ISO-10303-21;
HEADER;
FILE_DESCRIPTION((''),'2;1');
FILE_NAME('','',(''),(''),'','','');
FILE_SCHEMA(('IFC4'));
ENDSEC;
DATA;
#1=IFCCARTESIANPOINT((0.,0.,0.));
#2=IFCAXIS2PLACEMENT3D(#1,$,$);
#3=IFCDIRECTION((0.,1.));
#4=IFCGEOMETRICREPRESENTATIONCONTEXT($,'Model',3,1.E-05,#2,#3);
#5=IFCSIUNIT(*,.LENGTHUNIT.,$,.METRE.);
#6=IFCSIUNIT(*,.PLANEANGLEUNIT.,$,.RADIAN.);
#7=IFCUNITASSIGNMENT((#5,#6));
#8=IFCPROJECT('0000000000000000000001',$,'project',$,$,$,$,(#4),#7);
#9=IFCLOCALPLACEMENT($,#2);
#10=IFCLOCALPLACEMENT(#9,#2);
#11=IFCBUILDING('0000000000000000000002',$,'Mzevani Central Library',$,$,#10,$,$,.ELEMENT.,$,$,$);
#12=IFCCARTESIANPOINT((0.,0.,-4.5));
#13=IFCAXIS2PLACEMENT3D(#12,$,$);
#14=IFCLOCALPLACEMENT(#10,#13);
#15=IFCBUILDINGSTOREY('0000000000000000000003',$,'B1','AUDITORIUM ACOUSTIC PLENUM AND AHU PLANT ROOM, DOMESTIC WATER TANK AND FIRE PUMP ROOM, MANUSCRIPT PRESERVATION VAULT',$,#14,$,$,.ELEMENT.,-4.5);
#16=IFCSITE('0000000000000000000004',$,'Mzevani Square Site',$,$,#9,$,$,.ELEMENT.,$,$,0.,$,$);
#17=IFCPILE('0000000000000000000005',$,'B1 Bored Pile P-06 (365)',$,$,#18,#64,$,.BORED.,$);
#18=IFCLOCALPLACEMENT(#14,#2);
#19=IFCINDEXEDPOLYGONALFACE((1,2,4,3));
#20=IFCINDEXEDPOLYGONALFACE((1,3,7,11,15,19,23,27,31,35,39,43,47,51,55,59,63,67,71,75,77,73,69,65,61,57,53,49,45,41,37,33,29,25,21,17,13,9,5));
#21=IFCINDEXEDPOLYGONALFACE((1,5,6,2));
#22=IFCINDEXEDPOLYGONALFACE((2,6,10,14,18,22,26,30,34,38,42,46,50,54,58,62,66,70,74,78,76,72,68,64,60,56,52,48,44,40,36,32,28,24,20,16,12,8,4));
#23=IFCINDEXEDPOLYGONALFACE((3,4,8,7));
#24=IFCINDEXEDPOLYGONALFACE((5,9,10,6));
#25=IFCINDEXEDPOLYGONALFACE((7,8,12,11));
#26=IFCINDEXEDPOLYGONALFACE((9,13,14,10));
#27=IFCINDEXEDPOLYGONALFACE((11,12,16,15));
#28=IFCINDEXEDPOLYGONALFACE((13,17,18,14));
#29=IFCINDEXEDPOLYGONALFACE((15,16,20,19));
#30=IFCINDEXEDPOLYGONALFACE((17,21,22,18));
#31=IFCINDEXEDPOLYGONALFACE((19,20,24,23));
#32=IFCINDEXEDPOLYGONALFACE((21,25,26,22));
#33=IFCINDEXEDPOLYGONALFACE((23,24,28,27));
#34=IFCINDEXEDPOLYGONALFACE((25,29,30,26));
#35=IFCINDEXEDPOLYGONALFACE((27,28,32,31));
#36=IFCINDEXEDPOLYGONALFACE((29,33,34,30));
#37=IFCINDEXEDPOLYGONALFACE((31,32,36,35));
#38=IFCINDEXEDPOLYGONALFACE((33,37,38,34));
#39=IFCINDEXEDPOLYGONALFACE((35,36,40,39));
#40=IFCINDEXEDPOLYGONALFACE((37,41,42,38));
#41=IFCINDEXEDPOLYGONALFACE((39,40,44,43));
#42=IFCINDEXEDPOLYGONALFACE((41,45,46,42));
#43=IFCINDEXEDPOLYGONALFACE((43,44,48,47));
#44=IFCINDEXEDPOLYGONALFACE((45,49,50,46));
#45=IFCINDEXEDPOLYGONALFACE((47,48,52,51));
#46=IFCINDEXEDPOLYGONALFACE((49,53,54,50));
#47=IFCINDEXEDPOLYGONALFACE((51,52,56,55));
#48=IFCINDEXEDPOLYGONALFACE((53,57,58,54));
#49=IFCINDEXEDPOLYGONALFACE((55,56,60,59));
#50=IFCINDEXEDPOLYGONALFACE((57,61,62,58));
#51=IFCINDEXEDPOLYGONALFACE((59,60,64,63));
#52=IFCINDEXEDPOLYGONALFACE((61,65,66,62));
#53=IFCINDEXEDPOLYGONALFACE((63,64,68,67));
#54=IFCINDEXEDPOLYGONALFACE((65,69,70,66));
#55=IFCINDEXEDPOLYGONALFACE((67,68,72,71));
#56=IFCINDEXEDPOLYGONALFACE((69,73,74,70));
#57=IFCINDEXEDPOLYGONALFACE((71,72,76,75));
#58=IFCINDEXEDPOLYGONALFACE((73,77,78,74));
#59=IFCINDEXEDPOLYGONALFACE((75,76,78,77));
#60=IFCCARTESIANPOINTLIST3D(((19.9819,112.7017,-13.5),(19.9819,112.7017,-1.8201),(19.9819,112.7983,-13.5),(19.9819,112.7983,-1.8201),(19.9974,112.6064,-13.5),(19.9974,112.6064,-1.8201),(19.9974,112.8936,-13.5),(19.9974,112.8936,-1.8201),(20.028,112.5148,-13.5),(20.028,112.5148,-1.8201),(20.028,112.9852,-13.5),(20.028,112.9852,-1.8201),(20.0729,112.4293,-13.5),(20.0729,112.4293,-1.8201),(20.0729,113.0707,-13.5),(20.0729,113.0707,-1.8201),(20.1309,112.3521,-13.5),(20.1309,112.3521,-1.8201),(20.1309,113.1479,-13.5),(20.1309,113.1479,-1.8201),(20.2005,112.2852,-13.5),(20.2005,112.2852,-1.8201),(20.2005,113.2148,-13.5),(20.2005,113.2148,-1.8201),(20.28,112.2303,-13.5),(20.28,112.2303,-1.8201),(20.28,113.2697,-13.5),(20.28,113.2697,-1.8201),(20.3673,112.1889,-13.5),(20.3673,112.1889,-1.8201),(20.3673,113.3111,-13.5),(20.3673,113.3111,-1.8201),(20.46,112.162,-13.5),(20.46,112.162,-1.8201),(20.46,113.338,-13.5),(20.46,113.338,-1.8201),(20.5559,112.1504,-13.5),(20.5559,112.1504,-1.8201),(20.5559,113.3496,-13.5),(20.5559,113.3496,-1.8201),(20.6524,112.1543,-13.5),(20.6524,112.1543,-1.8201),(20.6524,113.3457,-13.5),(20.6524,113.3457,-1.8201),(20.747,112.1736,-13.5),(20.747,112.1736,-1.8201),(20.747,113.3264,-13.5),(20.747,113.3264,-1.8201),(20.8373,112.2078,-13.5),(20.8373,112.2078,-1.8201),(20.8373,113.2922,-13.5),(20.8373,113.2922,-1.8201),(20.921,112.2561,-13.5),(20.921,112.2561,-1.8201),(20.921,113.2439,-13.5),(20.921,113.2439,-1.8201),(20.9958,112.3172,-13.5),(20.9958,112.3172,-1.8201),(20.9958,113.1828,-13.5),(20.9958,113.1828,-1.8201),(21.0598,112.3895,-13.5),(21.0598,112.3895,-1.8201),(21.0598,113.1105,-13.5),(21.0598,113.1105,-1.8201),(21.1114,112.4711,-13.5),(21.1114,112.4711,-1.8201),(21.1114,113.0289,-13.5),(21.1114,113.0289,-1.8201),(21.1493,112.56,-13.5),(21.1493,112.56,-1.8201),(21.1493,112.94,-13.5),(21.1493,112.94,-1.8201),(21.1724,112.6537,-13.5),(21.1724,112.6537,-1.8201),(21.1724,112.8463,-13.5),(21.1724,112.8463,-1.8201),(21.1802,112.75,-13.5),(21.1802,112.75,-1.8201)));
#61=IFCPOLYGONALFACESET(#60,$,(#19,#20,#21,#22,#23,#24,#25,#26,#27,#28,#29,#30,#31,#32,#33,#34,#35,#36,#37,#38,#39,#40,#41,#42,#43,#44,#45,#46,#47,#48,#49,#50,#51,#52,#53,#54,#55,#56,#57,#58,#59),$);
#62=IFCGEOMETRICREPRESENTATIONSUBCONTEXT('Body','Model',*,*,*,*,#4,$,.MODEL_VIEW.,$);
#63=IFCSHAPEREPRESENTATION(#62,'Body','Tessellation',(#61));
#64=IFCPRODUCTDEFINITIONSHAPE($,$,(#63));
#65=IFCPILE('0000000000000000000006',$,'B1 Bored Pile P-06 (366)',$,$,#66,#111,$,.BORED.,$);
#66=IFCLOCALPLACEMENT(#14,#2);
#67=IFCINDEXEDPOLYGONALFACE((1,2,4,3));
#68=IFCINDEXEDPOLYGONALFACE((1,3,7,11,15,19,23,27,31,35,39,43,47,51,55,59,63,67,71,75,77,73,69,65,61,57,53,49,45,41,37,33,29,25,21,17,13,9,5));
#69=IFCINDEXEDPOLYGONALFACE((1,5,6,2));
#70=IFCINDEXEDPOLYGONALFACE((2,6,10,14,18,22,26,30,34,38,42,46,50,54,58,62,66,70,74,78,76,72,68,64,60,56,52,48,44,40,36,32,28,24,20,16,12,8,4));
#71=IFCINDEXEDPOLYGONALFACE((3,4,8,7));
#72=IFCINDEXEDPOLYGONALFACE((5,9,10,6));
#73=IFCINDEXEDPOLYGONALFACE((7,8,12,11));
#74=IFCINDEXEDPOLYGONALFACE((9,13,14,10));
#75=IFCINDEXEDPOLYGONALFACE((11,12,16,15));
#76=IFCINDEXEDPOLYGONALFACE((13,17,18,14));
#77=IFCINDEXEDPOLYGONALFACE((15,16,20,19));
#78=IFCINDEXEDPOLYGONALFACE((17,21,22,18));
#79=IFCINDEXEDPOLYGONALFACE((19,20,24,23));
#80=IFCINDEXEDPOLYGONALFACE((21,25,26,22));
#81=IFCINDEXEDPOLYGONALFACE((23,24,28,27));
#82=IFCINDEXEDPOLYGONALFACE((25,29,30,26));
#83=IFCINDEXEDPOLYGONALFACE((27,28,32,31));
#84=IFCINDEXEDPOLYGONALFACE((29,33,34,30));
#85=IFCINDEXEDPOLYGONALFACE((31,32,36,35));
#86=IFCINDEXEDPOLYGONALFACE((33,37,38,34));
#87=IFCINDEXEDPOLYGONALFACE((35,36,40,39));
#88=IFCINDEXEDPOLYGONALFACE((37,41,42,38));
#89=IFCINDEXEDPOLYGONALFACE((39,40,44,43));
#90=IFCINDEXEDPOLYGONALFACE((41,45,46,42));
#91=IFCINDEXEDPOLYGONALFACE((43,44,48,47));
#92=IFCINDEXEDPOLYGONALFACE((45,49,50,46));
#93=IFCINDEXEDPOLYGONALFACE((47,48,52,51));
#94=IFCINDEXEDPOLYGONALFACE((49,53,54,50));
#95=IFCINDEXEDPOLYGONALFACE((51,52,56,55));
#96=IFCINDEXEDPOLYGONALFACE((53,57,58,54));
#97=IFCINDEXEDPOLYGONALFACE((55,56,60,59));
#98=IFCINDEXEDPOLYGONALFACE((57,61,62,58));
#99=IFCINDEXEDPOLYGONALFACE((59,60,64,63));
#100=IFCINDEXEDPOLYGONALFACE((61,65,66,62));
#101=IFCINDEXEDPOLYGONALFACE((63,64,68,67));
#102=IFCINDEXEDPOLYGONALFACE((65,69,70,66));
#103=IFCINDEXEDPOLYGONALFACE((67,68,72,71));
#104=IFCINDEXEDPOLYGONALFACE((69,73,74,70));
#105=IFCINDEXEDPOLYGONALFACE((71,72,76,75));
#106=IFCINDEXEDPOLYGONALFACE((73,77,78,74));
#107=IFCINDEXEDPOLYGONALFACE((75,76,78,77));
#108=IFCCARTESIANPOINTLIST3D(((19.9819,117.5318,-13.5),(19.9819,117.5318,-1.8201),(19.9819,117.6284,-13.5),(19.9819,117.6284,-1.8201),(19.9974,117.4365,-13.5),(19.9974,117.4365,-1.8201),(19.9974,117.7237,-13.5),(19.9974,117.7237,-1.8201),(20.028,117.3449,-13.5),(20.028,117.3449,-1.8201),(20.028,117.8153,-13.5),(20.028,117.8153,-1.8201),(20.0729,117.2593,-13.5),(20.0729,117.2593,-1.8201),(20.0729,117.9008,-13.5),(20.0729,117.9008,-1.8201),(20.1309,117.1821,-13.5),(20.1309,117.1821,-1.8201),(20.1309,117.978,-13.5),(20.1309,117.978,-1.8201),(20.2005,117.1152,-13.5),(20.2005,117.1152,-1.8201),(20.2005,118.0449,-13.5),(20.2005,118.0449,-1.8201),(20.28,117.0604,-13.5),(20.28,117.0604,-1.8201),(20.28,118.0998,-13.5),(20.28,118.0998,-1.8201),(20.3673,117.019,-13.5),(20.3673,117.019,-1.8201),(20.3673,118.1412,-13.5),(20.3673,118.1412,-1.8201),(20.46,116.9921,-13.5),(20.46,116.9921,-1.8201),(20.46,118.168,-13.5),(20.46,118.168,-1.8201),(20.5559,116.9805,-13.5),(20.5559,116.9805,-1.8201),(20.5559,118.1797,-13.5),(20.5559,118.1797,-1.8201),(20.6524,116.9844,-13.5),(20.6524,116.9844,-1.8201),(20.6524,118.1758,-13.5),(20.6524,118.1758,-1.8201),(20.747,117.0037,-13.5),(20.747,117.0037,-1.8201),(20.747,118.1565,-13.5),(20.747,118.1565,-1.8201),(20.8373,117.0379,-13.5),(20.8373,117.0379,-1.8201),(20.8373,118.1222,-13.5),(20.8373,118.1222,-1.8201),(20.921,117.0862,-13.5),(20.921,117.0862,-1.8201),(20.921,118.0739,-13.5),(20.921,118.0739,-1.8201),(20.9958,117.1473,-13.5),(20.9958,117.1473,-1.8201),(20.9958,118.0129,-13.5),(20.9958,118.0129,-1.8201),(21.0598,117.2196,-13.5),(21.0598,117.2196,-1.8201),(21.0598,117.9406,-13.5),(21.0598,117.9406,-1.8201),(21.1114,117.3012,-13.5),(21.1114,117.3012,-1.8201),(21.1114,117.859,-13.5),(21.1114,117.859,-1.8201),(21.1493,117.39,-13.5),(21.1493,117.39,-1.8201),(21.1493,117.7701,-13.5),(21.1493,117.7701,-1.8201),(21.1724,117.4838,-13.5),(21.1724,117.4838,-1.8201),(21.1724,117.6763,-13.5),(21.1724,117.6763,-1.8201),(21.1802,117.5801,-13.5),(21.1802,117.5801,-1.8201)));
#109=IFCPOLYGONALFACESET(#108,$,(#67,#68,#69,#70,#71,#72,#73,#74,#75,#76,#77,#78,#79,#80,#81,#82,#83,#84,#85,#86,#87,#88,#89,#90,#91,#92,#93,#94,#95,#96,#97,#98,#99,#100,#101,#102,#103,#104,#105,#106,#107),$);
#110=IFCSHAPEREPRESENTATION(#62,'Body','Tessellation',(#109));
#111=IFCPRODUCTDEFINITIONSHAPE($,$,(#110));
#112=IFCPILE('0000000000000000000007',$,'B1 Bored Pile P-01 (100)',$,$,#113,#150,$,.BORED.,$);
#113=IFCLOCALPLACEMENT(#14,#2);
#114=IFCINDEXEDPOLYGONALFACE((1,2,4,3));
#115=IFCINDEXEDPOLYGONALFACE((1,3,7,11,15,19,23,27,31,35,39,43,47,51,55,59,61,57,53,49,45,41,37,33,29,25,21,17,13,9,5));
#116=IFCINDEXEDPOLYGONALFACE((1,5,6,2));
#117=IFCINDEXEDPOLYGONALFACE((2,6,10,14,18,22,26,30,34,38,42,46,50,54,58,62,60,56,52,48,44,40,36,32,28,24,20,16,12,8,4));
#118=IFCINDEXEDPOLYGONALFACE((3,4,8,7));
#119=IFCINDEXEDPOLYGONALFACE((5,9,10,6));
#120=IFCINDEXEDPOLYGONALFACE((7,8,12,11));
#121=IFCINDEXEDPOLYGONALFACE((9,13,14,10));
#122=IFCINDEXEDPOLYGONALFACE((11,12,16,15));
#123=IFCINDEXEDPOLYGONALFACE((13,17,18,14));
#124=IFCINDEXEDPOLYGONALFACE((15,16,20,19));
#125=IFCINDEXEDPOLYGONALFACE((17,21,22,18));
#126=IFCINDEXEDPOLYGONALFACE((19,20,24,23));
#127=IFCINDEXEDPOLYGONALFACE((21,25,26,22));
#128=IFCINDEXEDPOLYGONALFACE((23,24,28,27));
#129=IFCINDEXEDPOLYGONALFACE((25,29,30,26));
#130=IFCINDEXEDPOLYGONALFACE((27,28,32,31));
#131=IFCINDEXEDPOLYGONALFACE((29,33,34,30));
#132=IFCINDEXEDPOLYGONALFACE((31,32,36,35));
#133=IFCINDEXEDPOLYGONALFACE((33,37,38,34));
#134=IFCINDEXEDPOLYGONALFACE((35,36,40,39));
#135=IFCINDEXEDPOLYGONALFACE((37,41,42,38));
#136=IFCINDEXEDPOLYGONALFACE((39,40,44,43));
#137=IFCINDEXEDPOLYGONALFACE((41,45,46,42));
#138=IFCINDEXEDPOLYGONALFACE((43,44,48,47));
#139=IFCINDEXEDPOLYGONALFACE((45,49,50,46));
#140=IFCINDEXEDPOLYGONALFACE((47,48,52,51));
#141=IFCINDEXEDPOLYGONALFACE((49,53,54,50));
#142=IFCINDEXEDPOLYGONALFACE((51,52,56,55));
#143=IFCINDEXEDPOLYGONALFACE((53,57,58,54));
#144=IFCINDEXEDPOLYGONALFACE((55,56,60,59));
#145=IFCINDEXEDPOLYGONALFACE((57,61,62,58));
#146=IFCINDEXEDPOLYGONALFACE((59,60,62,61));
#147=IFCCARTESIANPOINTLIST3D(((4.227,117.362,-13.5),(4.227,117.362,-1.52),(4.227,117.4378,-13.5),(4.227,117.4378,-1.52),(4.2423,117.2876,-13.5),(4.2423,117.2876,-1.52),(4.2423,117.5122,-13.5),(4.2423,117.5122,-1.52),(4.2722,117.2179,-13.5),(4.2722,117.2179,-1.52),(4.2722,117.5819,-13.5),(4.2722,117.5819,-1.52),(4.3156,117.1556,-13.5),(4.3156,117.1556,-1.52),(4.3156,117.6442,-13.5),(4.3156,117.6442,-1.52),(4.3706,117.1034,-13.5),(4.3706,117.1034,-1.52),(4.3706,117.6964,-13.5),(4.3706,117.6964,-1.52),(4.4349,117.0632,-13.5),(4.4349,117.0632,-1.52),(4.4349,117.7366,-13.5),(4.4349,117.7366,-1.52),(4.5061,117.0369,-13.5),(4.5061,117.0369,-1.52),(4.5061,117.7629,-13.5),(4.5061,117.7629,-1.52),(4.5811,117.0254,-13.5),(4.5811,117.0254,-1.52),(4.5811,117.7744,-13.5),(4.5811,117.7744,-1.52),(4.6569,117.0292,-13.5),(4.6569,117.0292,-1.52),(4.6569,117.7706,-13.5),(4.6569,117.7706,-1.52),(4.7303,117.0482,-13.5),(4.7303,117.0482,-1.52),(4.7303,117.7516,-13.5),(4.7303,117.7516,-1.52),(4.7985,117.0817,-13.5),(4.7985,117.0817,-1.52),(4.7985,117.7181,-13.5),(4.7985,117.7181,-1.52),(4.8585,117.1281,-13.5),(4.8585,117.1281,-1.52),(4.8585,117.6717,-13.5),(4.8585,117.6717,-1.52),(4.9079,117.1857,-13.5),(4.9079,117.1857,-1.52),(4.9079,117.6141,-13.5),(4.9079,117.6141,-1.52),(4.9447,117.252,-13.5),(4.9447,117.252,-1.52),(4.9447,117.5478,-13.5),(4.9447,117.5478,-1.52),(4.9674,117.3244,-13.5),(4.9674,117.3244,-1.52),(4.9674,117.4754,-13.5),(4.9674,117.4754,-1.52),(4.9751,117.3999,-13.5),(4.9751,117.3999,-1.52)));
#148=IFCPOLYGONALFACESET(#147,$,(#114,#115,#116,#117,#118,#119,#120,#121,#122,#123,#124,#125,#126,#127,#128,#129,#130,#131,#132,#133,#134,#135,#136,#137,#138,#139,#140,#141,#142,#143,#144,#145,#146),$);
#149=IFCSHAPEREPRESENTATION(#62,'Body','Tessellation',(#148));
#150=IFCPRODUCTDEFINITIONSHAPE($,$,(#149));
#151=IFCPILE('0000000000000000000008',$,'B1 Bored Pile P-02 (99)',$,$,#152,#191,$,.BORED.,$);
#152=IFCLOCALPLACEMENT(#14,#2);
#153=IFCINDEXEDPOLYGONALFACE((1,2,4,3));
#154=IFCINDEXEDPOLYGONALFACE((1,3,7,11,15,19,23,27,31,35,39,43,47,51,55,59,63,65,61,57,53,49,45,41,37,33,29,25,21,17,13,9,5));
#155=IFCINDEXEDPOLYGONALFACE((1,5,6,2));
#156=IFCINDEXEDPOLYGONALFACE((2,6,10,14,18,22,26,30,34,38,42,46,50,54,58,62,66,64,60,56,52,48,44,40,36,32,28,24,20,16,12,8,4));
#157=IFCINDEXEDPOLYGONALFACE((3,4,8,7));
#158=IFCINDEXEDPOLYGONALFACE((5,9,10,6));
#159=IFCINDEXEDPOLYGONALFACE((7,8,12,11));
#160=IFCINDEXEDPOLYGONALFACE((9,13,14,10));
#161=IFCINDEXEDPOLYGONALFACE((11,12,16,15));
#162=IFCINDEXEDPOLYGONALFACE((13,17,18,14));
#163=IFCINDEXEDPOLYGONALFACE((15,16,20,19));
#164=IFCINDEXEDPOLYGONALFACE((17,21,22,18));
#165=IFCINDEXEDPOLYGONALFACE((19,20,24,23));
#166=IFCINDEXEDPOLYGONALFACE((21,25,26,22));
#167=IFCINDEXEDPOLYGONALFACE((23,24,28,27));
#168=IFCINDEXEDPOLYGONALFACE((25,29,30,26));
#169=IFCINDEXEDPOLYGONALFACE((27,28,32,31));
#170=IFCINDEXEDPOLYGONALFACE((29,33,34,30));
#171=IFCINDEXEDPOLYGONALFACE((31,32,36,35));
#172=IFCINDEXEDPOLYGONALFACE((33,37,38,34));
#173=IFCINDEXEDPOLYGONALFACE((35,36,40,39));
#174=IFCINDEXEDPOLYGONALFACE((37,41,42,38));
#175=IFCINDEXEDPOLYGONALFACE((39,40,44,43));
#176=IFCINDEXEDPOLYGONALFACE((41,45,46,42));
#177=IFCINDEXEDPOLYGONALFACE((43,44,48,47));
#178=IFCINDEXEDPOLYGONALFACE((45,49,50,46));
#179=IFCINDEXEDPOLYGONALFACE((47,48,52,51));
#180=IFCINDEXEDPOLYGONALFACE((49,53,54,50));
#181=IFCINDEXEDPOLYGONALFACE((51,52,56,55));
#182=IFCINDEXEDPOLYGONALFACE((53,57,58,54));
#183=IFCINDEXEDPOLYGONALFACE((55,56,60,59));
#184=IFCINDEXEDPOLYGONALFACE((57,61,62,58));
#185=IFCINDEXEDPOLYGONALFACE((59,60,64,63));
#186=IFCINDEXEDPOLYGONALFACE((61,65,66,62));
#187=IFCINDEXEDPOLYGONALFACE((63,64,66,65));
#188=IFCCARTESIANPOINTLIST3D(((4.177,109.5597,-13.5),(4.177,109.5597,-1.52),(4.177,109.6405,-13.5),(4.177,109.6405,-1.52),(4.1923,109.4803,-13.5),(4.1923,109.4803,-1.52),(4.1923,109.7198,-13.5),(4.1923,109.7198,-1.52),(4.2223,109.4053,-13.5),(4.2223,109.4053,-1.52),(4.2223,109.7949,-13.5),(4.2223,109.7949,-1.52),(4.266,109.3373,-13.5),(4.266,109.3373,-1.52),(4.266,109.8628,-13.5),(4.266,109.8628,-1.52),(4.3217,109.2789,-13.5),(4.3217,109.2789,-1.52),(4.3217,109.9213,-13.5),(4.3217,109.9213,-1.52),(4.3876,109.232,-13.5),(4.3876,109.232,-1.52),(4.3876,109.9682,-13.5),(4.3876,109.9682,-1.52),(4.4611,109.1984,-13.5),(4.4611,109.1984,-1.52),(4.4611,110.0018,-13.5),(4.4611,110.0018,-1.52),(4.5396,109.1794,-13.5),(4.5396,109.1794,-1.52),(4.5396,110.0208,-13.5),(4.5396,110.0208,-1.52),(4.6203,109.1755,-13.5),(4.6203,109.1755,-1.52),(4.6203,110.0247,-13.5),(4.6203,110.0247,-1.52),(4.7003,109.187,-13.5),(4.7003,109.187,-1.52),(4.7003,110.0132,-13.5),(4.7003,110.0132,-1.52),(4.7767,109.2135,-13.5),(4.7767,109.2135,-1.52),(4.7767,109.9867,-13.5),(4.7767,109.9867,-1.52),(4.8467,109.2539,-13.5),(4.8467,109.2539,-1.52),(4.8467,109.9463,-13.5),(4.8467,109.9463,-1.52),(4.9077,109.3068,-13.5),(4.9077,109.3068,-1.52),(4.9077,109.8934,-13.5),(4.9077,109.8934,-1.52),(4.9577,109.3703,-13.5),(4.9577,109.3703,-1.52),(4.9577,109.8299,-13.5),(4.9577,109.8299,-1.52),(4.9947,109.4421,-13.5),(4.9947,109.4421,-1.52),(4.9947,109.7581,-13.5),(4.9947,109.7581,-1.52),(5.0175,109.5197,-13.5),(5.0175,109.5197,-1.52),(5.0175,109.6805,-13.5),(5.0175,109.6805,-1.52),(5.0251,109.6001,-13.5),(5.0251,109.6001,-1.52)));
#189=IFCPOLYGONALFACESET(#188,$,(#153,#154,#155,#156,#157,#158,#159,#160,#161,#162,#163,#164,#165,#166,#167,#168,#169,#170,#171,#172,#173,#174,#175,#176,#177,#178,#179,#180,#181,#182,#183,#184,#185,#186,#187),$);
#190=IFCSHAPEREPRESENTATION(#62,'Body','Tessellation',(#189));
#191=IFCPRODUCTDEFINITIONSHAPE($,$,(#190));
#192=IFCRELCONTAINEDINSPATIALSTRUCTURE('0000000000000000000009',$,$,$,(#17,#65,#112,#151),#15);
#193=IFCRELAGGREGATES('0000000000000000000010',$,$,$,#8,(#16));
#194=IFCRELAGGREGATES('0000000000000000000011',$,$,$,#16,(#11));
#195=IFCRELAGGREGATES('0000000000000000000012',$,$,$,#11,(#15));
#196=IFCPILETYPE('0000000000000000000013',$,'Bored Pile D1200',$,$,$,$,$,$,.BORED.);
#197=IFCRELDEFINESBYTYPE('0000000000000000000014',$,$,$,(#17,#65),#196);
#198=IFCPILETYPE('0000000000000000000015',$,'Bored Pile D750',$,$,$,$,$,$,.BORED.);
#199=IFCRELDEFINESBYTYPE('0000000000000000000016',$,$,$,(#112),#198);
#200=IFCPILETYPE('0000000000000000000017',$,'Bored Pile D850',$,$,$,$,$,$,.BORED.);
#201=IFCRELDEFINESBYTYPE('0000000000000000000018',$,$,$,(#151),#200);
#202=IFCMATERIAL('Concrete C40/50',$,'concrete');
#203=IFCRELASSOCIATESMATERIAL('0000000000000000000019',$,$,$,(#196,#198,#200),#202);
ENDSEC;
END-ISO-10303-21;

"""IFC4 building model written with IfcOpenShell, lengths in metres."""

from ifc_helpers import new_model, si_unit, direction, frame, origin, origin_2d, place, context, subcontext, project, spatial, circle, extrude, material, material_profile, profile_set, type_object, element, save


model = new_model("IFC4")

# Units and contexts
model_context = context("Model", 3, precision=1e-05, world=origin(), true_north=direction((0.0, 1.0)))
body_context = subcontext(model_context, "Body", "Model", "MODEL_VIEW")
ifc_project = project(units=[si_unit("LENGTHUNIT", "METRE"), si_unit("PLANEANGLEUNIT", "RADIAN")], contexts=[model_context])

# Site, building, storey
site_placement = place(None, origin())
site = spatial("IfcSite", under=ifc_project, at=site_placement, Name="Mzevani Square Site", CompositionType="ELEMENT", RefElevation=0.0)
building_placement = place(site_placement, origin())
building = spatial("IfcBuilding", under=site, at=building_placement, Name="Mzevani Central Library", CompositionType="ELEMENT")
storey_placement = place(building_placement, frame((0.0, 0.0, -4.5)))
storey = spatial("IfcBuildingStorey", under=building, at=storey_placement, Name="B1", Description="AUDITORIUM ACOUSTIC PLENUM AND AHU PLANT ROOM, DOMESTIC WATER TANK AND FIRE PUMP ROOM, MANUSCRIPT PRESERVATION VAULT", CompositionType="ELEMENT", Elevation=-4.5)

# Piles
ifc_material_1 = material(Name="Concrete C40/50", Category="concrete")
ifc_material_profile_1 = material_profile(ifc_material_1, circle(Radius=0.6001, at=origin_2d()), Name="PILE D1200")
ifc_profile_set_1 = profile_set([ifc_material_profile_1], Name="Concrete C40/50")
pile_type_1 = type_object("IfcPileType", Name="Bored Pile D1200", PredefinedType="BORED", material=ifc_profile_set_1)
for number, where, z_axis, x_axis, name in (
    (1, (20.5801, 112.75, -1.8201), (0.0, 0.0, -1.0), (1.0, 0.0, 0.0), "B1 Bored Pile P-06 (365)"),
    (2, (20.5801, 117.5801, -1.8201), (0.0, 0.0, -1.0), (1.0, 0.0, 0.0), "B1 Bored Pile P-06 (366)"),
):
    element("IfcPile", number, at=place(storey_placement, frame(where, z_axis=z_axis, x_axis=x_axis)), inside=storey, type_object=pile_type_1, Name=name, PredefinedType="BORED", context=body_context, shape_type="SweptSolid", body=[
        extrude(circle(Radius=0.6001, at=origin_2d()), origin(), (0.0, 0.0, 1.0), 11.6799),
    ])
ifc_material_profile_2 = material_profile(ifc_material_1, circle(Radius=0.375, at=origin_2d()), Name="PILE D750")
ifc_profile_set_2 = profile_set([ifc_material_profile_2], Name="Concrete C40/50")
pile_type_2 = type_object("IfcPileType", Name="Bored Pile D750", PredefinedType="BORED", material=ifc_profile_set_2)
pile_1_placement = place(storey_placement, frame((4.6001, 117.3999, -1.52), z_axis=(0.0, 0.0, -1.0), x_axis=(1.0, 0.0, 0.0)))
element("IfcPile", 3, at=pile_1_placement, inside=storey, type_object=pile_type_2, Name="B1 Bored Pile P-01 (100)", PredefinedType="BORED", context=body_context, shape_type="SweptSolid", body=[
    extrude(circle(Radius=0.375, at=origin_2d()), origin(), (0.0, 0.0, 1.0), 11.98),
])
ifc_material_profile_3 = material_profile(ifc_material_1, circle(Radius=0.425, at=origin_2d()), Name="PILE D850")
ifc_profile_set_3 = profile_set([ifc_material_profile_3], Name="Concrete C40/50")
pile_type_3 = type_object("IfcPileType", Name="Bored Pile D850", PredefinedType="BORED", material=ifc_profile_set_3)
pile_2_placement = place(storey_placement, frame((4.6001, 109.6001, -1.52), z_axis=(0.0, 0.0, -1.0), x_axis=(1.0, 0.0, 0.0)))
element("IfcPile", 4, at=pile_2_placement, inside=storey, type_object=pile_type_3, Name="B1 Bored Pile P-02 (99)", PredefinedType="BORED", context=body_context, shape_type="SweptSolid", body=[
    extrude(circle(Radius=0.425, at=origin_2d()), origin(), (0.0, 0.0, 1.0), 11.98),
])

save(model, "model.ifc")
